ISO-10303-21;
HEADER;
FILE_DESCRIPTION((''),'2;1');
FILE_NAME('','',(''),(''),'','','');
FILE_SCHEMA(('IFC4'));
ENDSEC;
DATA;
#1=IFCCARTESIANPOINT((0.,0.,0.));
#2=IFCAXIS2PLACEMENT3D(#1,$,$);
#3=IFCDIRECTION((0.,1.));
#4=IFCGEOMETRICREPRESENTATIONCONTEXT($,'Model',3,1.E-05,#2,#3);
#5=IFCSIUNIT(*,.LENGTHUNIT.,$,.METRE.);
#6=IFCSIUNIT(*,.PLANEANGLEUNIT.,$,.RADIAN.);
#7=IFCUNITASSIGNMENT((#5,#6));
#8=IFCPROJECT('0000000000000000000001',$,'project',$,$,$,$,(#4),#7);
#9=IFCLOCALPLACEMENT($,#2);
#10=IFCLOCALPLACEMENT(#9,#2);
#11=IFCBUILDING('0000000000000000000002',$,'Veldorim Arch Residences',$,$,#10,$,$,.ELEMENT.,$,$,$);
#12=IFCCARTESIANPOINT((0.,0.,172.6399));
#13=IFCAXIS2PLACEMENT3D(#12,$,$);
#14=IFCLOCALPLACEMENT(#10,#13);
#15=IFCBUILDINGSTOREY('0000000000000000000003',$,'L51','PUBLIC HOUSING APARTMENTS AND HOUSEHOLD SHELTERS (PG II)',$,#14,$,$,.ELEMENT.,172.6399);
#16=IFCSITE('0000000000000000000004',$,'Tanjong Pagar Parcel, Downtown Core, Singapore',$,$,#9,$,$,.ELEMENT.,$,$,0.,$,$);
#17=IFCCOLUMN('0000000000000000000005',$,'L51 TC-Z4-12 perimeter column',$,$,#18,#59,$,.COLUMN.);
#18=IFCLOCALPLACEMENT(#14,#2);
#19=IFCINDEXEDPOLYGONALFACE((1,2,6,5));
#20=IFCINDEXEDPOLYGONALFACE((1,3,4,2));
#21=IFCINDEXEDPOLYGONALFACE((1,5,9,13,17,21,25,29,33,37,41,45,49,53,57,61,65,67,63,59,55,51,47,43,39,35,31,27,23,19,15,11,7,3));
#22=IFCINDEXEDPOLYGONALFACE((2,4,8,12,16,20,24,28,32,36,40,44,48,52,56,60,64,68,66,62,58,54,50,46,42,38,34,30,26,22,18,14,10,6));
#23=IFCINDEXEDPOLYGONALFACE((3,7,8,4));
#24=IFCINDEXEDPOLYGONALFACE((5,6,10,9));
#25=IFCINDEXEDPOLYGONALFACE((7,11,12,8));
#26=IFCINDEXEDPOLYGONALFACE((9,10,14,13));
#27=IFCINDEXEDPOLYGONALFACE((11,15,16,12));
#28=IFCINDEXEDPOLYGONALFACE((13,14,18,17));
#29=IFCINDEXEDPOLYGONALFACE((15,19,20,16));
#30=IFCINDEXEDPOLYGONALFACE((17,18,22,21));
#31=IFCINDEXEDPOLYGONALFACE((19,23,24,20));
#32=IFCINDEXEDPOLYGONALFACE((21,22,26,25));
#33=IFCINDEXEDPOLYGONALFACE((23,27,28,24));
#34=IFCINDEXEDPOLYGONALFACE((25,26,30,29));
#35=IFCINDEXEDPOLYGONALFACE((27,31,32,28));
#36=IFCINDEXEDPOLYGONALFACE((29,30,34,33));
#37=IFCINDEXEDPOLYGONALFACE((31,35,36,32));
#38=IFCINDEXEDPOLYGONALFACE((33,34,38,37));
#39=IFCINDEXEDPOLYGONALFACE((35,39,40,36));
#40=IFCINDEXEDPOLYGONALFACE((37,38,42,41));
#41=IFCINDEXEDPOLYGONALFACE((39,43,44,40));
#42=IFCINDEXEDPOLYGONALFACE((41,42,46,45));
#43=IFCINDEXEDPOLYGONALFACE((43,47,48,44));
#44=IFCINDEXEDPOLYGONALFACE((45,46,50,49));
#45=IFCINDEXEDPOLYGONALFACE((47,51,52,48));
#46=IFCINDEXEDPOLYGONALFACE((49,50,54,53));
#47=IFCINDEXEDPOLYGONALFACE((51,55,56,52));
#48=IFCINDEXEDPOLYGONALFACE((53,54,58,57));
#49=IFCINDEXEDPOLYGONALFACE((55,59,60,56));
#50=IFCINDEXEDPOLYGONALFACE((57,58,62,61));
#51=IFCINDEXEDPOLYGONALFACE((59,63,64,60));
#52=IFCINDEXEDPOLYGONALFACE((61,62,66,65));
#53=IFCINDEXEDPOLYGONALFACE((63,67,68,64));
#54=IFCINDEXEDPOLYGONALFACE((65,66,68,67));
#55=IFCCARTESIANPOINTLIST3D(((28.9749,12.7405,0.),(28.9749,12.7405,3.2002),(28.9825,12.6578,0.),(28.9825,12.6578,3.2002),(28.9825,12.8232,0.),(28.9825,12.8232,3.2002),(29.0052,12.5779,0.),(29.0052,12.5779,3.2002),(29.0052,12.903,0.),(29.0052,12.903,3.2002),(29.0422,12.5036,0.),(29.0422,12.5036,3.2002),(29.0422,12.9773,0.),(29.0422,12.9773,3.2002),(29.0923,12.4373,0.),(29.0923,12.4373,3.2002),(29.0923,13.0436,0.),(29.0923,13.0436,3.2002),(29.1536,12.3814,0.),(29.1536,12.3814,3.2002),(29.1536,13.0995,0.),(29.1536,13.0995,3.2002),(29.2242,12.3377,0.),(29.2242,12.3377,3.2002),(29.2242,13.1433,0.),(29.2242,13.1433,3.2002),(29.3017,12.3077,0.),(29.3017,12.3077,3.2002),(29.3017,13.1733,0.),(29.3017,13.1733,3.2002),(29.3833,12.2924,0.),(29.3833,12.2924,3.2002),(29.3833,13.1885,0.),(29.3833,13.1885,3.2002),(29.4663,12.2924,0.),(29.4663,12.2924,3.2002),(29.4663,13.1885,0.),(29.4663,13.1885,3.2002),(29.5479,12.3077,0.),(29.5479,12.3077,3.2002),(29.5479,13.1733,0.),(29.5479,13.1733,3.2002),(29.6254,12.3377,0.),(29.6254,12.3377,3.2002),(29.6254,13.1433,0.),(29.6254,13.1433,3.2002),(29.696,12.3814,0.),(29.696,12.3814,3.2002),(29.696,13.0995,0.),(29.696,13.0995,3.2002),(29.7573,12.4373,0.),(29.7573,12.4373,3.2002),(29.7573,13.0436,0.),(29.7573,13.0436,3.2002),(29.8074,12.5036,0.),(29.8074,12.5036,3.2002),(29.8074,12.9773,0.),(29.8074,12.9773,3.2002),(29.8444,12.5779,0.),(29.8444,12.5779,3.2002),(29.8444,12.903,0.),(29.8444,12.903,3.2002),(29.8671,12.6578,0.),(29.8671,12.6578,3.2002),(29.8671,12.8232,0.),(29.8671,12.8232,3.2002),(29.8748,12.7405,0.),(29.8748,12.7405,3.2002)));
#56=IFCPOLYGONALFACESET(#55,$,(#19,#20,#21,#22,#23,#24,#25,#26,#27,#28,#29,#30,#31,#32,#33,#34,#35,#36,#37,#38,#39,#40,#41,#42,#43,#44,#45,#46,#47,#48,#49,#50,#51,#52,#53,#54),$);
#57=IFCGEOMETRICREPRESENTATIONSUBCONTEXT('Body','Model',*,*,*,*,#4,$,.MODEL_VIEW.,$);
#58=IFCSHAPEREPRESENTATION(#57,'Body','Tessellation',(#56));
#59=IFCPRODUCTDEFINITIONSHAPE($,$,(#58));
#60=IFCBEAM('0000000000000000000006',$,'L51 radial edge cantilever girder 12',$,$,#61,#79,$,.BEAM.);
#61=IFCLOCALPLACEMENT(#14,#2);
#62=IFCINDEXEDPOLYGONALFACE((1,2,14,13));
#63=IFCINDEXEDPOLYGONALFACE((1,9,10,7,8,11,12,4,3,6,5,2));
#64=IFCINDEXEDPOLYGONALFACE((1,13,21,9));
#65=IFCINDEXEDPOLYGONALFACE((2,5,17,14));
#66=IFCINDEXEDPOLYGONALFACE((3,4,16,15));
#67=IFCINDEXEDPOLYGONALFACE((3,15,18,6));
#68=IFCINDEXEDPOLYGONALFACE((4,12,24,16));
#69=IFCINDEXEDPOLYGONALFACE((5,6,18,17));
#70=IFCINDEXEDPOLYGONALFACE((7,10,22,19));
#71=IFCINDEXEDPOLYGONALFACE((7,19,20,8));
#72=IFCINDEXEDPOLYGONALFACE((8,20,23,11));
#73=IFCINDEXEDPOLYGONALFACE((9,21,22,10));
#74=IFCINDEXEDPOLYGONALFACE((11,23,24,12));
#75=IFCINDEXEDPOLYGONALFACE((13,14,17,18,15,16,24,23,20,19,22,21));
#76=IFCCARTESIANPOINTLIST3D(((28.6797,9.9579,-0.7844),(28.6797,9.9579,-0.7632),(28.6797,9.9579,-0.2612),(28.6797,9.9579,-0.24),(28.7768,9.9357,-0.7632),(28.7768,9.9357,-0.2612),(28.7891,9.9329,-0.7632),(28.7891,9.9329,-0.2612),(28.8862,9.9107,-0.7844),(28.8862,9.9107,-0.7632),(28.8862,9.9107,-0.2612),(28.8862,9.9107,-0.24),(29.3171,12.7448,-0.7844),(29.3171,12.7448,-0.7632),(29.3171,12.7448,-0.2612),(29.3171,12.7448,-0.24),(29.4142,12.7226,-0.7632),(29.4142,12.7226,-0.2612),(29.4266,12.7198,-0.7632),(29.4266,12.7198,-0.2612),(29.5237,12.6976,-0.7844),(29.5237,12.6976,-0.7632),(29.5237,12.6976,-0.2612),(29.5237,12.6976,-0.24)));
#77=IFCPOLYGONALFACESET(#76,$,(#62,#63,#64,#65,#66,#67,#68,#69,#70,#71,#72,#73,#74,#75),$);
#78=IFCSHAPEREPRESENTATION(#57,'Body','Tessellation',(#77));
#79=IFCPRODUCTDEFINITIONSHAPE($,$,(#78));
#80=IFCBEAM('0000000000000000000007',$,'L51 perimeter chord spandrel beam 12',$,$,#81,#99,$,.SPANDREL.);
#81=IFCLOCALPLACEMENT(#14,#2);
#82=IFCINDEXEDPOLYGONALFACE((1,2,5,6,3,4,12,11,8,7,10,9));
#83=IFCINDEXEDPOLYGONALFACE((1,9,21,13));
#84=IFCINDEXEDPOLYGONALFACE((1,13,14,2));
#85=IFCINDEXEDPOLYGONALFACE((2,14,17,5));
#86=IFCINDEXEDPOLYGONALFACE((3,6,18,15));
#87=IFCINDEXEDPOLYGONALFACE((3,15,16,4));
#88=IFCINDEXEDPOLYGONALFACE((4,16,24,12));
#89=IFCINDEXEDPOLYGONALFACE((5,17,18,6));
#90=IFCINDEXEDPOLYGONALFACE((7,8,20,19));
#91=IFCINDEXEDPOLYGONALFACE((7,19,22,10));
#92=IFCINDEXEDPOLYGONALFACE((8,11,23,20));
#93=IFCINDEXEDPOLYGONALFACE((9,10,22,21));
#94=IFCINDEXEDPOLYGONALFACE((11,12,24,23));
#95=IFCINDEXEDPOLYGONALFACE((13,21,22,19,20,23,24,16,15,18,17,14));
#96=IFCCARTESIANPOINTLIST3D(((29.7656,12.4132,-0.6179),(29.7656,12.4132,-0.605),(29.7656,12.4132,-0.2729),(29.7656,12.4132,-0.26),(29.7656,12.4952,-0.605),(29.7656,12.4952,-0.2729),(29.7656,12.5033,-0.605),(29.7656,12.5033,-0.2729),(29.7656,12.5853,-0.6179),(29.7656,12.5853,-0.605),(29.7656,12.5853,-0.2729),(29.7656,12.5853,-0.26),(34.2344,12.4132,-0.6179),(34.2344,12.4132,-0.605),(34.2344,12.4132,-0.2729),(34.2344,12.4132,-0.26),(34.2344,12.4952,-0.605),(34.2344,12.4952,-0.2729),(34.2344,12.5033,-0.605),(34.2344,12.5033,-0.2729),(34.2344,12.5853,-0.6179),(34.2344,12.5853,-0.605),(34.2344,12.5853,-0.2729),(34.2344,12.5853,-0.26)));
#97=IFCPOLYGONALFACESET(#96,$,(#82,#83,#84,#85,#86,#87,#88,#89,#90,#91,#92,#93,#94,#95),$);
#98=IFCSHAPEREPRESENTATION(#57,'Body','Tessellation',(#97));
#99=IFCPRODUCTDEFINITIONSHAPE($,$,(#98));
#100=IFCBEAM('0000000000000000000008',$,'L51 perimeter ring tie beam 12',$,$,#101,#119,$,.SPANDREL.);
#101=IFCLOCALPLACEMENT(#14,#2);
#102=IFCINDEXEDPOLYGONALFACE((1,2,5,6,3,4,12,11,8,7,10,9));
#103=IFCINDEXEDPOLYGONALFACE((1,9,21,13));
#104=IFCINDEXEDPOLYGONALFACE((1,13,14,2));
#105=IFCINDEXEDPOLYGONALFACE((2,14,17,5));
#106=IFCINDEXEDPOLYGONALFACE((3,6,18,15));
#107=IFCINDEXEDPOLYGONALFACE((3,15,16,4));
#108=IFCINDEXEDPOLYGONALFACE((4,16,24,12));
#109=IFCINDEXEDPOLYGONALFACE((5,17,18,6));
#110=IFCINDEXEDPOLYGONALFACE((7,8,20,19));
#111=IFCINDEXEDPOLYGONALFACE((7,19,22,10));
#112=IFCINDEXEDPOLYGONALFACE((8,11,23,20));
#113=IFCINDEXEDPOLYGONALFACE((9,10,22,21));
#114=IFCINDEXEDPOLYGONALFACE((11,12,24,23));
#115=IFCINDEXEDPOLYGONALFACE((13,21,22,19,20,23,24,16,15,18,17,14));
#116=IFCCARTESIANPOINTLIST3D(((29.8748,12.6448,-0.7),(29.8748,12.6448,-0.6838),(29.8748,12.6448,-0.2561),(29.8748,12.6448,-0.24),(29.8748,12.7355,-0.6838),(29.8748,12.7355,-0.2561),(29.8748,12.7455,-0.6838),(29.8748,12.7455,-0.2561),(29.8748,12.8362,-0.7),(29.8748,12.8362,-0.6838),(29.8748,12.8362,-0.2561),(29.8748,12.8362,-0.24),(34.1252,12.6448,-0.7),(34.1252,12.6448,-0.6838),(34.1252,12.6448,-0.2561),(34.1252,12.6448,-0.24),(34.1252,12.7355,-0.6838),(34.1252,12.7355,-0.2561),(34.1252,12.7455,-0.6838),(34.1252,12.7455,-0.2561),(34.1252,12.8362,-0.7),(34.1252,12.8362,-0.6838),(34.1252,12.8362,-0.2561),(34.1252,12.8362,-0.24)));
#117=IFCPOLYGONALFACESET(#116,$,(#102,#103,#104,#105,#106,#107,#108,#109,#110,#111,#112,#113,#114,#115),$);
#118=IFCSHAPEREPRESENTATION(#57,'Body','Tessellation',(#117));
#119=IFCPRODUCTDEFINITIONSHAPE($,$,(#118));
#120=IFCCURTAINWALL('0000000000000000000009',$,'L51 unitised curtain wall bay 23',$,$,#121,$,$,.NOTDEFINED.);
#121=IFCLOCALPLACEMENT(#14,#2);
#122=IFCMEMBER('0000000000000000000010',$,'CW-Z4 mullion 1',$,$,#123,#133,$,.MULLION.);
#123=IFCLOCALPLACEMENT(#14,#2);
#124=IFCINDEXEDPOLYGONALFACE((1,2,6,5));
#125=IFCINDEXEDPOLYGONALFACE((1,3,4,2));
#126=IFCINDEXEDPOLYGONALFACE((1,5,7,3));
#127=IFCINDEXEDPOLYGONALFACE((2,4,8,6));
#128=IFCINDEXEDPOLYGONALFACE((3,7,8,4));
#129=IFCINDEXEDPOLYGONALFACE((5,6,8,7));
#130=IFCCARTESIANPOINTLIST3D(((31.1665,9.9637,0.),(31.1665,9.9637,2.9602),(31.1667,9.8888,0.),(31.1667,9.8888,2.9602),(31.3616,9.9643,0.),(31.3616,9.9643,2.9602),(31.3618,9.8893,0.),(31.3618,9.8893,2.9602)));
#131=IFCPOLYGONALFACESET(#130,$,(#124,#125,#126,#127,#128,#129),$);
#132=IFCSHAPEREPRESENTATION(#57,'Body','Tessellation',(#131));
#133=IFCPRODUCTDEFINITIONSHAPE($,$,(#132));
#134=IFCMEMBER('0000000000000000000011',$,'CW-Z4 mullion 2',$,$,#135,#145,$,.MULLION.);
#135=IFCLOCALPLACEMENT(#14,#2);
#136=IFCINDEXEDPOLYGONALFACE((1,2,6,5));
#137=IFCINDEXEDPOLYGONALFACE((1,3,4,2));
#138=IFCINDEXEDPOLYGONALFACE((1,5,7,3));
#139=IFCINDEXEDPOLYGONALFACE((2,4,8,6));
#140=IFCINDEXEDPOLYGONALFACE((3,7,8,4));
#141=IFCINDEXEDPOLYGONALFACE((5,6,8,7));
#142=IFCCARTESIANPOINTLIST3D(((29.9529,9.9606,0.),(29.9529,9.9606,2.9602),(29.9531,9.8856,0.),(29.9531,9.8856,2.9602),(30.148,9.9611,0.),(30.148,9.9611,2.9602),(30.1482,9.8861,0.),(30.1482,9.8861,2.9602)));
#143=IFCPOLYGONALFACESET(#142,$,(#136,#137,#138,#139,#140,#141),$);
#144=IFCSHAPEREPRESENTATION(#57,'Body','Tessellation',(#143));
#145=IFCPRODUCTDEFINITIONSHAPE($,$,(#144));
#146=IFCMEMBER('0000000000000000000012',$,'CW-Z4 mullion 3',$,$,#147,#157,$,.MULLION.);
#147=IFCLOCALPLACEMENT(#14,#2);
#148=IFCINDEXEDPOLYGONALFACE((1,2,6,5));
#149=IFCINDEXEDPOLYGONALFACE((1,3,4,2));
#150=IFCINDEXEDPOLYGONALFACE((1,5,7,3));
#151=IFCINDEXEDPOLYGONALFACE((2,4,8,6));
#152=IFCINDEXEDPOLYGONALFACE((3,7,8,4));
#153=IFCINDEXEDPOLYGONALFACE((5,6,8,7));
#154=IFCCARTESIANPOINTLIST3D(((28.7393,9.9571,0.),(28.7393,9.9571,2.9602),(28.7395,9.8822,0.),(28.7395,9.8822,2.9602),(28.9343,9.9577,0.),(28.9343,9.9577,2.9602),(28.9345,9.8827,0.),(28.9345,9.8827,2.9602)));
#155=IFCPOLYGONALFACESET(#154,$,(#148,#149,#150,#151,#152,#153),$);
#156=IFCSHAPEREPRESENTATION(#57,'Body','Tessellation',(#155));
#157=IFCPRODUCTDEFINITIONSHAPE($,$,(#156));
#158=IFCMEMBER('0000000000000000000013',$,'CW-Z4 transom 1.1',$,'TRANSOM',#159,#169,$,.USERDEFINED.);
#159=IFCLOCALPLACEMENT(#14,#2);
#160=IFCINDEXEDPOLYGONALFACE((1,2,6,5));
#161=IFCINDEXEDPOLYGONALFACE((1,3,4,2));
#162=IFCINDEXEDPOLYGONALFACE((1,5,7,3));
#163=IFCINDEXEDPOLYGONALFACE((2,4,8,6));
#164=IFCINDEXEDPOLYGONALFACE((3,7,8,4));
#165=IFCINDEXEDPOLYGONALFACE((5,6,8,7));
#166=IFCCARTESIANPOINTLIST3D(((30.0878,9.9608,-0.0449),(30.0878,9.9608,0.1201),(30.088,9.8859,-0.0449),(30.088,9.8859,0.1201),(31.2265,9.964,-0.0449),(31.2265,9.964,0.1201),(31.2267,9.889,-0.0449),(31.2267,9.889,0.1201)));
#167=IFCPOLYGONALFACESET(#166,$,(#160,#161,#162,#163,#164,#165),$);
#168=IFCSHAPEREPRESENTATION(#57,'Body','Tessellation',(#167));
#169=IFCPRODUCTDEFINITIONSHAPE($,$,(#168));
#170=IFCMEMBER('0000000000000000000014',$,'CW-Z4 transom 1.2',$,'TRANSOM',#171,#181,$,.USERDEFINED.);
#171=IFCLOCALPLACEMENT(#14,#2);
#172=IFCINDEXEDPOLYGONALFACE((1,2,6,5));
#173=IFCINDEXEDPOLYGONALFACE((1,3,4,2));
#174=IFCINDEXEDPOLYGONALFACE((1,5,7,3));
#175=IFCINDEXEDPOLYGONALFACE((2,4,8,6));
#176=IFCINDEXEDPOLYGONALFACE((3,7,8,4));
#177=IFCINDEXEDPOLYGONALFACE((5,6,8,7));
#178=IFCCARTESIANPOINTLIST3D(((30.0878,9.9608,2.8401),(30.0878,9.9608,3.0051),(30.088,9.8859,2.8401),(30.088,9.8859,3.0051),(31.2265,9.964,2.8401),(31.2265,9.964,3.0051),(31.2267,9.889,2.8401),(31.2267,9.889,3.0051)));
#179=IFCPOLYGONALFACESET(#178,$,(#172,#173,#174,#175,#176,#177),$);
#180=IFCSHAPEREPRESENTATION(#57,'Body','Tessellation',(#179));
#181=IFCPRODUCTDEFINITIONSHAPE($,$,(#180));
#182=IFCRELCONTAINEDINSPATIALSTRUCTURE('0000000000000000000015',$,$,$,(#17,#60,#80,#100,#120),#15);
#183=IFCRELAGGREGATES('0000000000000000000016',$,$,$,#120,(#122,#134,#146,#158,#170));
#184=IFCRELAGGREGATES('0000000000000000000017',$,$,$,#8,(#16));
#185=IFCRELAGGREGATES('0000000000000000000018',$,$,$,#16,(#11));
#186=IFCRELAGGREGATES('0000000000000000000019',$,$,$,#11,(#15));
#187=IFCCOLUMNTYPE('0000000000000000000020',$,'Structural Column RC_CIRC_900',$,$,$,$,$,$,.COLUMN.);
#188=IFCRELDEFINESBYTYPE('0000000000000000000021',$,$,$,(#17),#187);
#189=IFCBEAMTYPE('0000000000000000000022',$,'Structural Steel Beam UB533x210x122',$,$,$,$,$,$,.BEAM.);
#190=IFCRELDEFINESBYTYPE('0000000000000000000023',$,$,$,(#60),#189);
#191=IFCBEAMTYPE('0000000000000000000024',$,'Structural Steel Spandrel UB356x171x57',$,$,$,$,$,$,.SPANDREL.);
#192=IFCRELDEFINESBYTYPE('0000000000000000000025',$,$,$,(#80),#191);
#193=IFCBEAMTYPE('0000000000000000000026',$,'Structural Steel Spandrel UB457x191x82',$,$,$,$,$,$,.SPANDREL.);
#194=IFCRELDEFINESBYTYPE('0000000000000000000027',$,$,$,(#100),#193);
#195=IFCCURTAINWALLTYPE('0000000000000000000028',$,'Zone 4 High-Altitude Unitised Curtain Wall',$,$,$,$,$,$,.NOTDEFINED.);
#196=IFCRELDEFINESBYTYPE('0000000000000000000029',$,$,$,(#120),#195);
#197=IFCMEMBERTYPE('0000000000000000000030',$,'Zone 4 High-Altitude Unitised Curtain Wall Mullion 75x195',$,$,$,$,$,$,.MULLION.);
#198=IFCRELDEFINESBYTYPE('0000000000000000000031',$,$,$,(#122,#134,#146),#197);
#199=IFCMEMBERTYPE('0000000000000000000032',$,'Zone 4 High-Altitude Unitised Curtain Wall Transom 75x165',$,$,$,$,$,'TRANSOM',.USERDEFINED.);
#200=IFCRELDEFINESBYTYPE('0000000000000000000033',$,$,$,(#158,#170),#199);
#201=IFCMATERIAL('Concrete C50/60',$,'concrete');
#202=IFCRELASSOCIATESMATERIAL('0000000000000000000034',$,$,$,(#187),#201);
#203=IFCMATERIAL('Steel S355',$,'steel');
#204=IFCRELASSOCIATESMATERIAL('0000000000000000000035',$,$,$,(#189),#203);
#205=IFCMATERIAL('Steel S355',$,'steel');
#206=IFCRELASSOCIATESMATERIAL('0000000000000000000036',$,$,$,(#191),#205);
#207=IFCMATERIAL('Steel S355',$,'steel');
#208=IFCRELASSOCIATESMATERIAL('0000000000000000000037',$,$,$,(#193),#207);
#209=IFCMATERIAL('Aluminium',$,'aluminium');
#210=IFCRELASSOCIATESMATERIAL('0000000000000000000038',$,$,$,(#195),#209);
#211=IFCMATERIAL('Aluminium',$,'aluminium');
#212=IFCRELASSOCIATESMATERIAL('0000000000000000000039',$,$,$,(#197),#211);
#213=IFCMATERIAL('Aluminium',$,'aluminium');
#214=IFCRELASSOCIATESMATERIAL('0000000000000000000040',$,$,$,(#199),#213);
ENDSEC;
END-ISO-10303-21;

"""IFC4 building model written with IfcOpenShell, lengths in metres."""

from ifc_helpers import new_model, si_unit, direction, frame, origin, origin_2d, place, context, subcontext, project, spatial, rectangle, circle, i_section, extrude, material, material_profile, profile_set, type_object, element, aggregate, save


model = new_model("IFC4")

# Units and contexts
model_context = context("Model", 3, precision=1e-05, world=origin(), true_north=direction((0.0, 1.0)))
body_context = subcontext(model_context, "Body", "Model", "MODEL_VIEW")
ifc_project = project(units=[si_unit("LENGTHUNIT", "METRE"), si_unit("PLANEANGLEUNIT", "RADIAN")], contexts=[model_context])

# Site, building, storey
site_placement = place(None, origin())
site = spatial("IfcSite", under=ifc_project, at=site_placement, Name="Tanjong Pagar Parcel, Downtown Core, Singapore", CompositionType="ELEMENT", RefElevation=0.0)
building_placement = place(site_placement, origin())
building = spatial("IfcBuilding", under=site, at=building_placement, Name="Veldorim Arch Residences", CompositionType="ELEMENT")
storey_placement = place(building_placement, frame((0.0, 0.0, 172.6399)))
storey = spatial("IfcBuildingStorey", under=building, at=storey_placement, Name="L51", Description="PUBLIC HOUSING APARTMENTS AND HOUSEHOLD SHELTERS (PG II)", CompositionType="ELEMENT", Elevation=172.6399)

# Column
ifc_material_1 = material(Name="Concrete C50/60", Category="concrete")
ifc_material_profile_1 = material_profile(ifc_material_1, circle(Radius=0.45, at=origin_2d()), Name="RC_CIRC_900")
ifc_profile_set_1 = profile_set([ifc_material_profile_1], Name="Concrete C50/60")
column_type = type_object("IfcColumnType", Name="Structural Column RC_CIRC_900", PredefinedType="COLUMN", material=ifc_profile_set_1)
column_placement = place(storey_placement, frame((29.4248, 12.7405, 0.0), z_axis=(0.0, 0.0, 1.0), x_axis=(1.0, 0.0, 0.0)))
element("IfcColumn", 1, at=column_placement, inside=storey, type_object=column_type, Name="L51 TC-Z4-12 perimeter column", PredefinedType="COLUMN", context=body_context, shape_type="SweptSolid", body=[
    extrude(circle(Radius=0.45, at=origin_2d()), origin(), (0.0, 0.0, 1.0), 3.2002),
])

# Beams
ifc_material_2 = material(Name="Steel S355", Category="steel")
ifc_material_profile_2 = material_profile(ifc_material_2, i_section(OverallWidth=0.2119, OverallDepth=0.5444, WebThickness=0.0127, FlangeThickness=0.0212, at=origin_2d()), Name="UB533x210x122")
ifc_profile_set_2 = profile_set([ifc_material_profile_2], Name="Steel S355")
beam_type_1 = type_object("IfcBeamType", Name="Structural Steel Beam UB533x210x122", PredefinedType="BEAM", material=ifc_profile_set_2)
beam_1_placement = place(storey_placement, frame((29.4204, 12.7212, -0.5122), z_axis=(-0.222976, -0.974824, 0.0), x_axis=(0.974824, -0.222976, 0.0)))
element("IfcBeam", 2, at=beam_1_placement, inside=storey, type_object=beam_type_1, Name="L51 radial edge cantilever girder 12", PredefinedType="BEAM", context=body_context, shape_type="SweptSolid", body=[
    extrude(i_section(OverallWidth=0.2119, OverallDepth=0.5444, WebThickness=0.0127, FlangeThickness=0.0212, at=origin_2d()), origin(), (0.0, 0.0, 1.0), 2.8589),
])
ifc_material_3 = material(Name="Steel S355", Category="steel")
ifc_material_profile_3 = material_profile(ifc_material_3, i_section(OverallWidth=0.1721, OverallDepth=0.3579, WebThickness=0.0081, FlangeThickness=0.0129, at=origin_2d()), Name="UB356x171x57")
ifc_profile_set_3 = profile_set([ifc_material_profile_3], Name="Steel S355")
beam_type_2 = type_object("IfcBeamType", Name="Structural Steel Spandrel UB356x171x57", PredefinedType="SPANDREL", material=ifc_profile_set_3)
beam_2_placement = place(storey_placement, frame((29.7656, 12.4993, -0.439), z_axis=(1.0, 0.0, 0.0), x_axis=(0.0, 1.0, 0.0)))
element("IfcBeam", 3, at=beam_2_placement, inside=storey, type_object=beam_type_2, Name="L51 perimeter chord spandrel beam 12", PredefinedType="SPANDREL", context=body_context, shape_type="SweptSolid", body=[
    extrude(i_section(OverallWidth=0.1721, OverallDepth=0.3579, WebThickness=0.0081, FlangeThickness=0.0129, at=origin_2d()), origin(), (0.0, 0.0, 1.0), 4.4688),
])
ifc_material_4 = material(Name="Steel S355", Category="steel")
ifc_material_profile_4 = material_profile(ifc_material_4, i_section(OverallWidth=0.1914, OverallDepth=0.46, WebThickness=0.01, FlangeThickness=0.0161, at=origin_2d()), Name="UB457x191x82")
ifc_profile_set_4 = profile_set([ifc_material_profile_4], Name="Steel S355")
beam_type_3 = type_object("IfcBeamType", Name="Structural Steel Spandrel UB457x191x82", PredefinedType="SPANDREL", material=ifc_profile_set_4)
beam_3_placement = place(storey_placement, frame((29.8748, 12.7405, -0.47), z_axis=(1.0, 0.0, 0.0), x_axis=(0.0, 1.0, 0.0)))
element("IfcBeam", 4, at=beam_3_placement, inside=storey, type_object=beam_type_3, Name="L51 perimeter ring tie beam 12", PredefinedType="SPANDREL", context=body_context, shape_type="SweptSolid", body=[
    extrude(i_section(OverallWidth=0.1914, OverallDepth=0.46, WebThickness=0.01, FlangeThickness=0.0161, at=origin_2d()), origin(), (0.0, 0.0, 1.0), 4.2505),
])

# Curtain wall, members
ifc_material_5 = material(Name="Aluminium", Category="aluminium")
curtain_wall_type = type_object("IfcCurtainWallType", Name="Zone 4 High-Altitude Unitised Curtain Wall", PredefinedType="NOTDEFINED", material=ifc_material_5)
curtain_wall_placement = place(storey_placement, origin())
curtain_wall = element("IfcCurtainWall", 5, at=curtain_wall_placement, inside=storey, type_object=curtain_wall_type, Name="L51 unitised curtain wall bay 23", PredefinedType="NOTDEFINED")
ifc_material_6 = material(Name="Aluminium", Category="aluminium")
ifc_material_profile_5 = material_profile(ifc_material_6, rectangle(XDim=0.075, YDim=0.1951, at=origin_2d()), Name="ALU_MUL_75x195")
ifc_profile_set_5 = profile_set([ifc_material_profile_5], Name="Aluminium")
member_type_1 = type_object("IfcMemberType", Name="Zone 4 High-Altitude Unitised Curtain Wall Mullion 75x195", PredefinedType="MULLION", material=ifc_profile_set_5)
member_1_placement = place(storey_placement, frame((31.2642, 9.9265, 0.0), z_axis=(0.0, 0.0, 1.0), x_axis=(0.002678, -0.999996, 0.0)))
member_1 = element("IfcMember", 6, at=member_1_placement, type_object=member_type_1, Name="CW-Z4 mullion 1", PredefinedType="MULLION", context=body_context, shape_type="SweptSolid", body=[
    extrude(rectangle(XDim=0.075, YDim=0.1951, at=origin_2d()), origin(), (0.0, 0.0, 1.0), 2.9602),
])
member_2_placement = place(storey_placement, frame((30.0505, 9.9233, 0.0), z_axis=(0.0, 0.0, 1.0), x_axis=(0.002678, -0.999996, 0.0)))
member_2 = element("IfcMember", 7, at=member_2_placement, type_object=member_type_1, Name="CW-Z4 mullion 2", PredefinedType="MULLION", context=body_context, shape_type="SweptSolid", body=[
    extrude(rectangle(XDim=0.075, YDim=0.1951, at=origin_2d()), origin(), (0.0, 0.0, 1.0), 2.9602),
])
member_3_placement = place(storey_placement, frame((28.8369, 9.9199, 0.0), z_axis=(0.0, 0.0, 1.0), x_axis=(0.002678, -0.999996, 0.0)))
member_3 = element("IfcMember", 8, at=member_3_placement, type_object=member_type_1, Name="CW-Z4 mullion 3", PredefinedType="MULLION", context=body_context, shape_type="SweptSolid", body=[
    extrude(rectangle(XDim=0.075, YDim=0.1951, at=origin_2d()), origin(), (0.0, 0.0, 1.0), 2.9602),
])
ifc_material_7 = material(Name="Aluminium", Category="aluminium")
ifc_material_profile_6 = material_profile(ifc_material_7, rectangle(XDim=0.075, YDim=0.165, at=origin_2d()), Name="ALU_TRN_75x165")
ifc_profile_set_6 = profile_set([ifc_material_profile_6], Name="Aluminium")
member_type_2 = type_object("IfcMemberType", Name="Zone 4 High-Altitude Unitised Curtain Wall Transom 75x165", ElementType="TRANSOM", PredefinedType="USERDEFINED", material=ifc_profile_set_6)
member_4_placement = place(storey_placement, frame((31.2266, 9.9265, 0.0376), z_axis=(-0.999996, -0.002787, 0.0), x_axis=(0.002787, -0.999996, 0.0)))
member_4 = element("IfcMember", 9, at=member_4_placement, type_object=member_type_2, Name="CW-Z4 transom 1.1", ObjectType="TRANSOM", PredefinedType="USERDEFINED", context=body_context, shape_type="SweptSolid", body=[
    extrude(rectangle(XDim=0.075, YDim=0.165, at=origin_2d()), origin(), (0.0, 0.0, 1.0), 1.1387),
])
member_5_placement = place(storey_placement, frame((31.2266, 9.9265, 2.9226), z_axis=(-0.999996, -0.002787, 0.0), x_axis=(0.002787, -0.999996, 0.0)))
member_5 = element("IfcMember", 10, at=member_5_placement, type_object=member_type_2, Name="CW-Z4 transom 1.2", ObjectType="TRANSOM", PredefinedType="USERDEFINED", context=body_context, shape_type="SweptSolid", body=[
    extrude(rectangle(XDim=0.075, YDim=0.165, at=origin_2d()), origin(), (0.0, 0.0, 1.0), 1.1387),
])
aggregate(curtain_wall, [member_1, member_2, member_3, member_4, member_5])

save(model, "model.ifc")
